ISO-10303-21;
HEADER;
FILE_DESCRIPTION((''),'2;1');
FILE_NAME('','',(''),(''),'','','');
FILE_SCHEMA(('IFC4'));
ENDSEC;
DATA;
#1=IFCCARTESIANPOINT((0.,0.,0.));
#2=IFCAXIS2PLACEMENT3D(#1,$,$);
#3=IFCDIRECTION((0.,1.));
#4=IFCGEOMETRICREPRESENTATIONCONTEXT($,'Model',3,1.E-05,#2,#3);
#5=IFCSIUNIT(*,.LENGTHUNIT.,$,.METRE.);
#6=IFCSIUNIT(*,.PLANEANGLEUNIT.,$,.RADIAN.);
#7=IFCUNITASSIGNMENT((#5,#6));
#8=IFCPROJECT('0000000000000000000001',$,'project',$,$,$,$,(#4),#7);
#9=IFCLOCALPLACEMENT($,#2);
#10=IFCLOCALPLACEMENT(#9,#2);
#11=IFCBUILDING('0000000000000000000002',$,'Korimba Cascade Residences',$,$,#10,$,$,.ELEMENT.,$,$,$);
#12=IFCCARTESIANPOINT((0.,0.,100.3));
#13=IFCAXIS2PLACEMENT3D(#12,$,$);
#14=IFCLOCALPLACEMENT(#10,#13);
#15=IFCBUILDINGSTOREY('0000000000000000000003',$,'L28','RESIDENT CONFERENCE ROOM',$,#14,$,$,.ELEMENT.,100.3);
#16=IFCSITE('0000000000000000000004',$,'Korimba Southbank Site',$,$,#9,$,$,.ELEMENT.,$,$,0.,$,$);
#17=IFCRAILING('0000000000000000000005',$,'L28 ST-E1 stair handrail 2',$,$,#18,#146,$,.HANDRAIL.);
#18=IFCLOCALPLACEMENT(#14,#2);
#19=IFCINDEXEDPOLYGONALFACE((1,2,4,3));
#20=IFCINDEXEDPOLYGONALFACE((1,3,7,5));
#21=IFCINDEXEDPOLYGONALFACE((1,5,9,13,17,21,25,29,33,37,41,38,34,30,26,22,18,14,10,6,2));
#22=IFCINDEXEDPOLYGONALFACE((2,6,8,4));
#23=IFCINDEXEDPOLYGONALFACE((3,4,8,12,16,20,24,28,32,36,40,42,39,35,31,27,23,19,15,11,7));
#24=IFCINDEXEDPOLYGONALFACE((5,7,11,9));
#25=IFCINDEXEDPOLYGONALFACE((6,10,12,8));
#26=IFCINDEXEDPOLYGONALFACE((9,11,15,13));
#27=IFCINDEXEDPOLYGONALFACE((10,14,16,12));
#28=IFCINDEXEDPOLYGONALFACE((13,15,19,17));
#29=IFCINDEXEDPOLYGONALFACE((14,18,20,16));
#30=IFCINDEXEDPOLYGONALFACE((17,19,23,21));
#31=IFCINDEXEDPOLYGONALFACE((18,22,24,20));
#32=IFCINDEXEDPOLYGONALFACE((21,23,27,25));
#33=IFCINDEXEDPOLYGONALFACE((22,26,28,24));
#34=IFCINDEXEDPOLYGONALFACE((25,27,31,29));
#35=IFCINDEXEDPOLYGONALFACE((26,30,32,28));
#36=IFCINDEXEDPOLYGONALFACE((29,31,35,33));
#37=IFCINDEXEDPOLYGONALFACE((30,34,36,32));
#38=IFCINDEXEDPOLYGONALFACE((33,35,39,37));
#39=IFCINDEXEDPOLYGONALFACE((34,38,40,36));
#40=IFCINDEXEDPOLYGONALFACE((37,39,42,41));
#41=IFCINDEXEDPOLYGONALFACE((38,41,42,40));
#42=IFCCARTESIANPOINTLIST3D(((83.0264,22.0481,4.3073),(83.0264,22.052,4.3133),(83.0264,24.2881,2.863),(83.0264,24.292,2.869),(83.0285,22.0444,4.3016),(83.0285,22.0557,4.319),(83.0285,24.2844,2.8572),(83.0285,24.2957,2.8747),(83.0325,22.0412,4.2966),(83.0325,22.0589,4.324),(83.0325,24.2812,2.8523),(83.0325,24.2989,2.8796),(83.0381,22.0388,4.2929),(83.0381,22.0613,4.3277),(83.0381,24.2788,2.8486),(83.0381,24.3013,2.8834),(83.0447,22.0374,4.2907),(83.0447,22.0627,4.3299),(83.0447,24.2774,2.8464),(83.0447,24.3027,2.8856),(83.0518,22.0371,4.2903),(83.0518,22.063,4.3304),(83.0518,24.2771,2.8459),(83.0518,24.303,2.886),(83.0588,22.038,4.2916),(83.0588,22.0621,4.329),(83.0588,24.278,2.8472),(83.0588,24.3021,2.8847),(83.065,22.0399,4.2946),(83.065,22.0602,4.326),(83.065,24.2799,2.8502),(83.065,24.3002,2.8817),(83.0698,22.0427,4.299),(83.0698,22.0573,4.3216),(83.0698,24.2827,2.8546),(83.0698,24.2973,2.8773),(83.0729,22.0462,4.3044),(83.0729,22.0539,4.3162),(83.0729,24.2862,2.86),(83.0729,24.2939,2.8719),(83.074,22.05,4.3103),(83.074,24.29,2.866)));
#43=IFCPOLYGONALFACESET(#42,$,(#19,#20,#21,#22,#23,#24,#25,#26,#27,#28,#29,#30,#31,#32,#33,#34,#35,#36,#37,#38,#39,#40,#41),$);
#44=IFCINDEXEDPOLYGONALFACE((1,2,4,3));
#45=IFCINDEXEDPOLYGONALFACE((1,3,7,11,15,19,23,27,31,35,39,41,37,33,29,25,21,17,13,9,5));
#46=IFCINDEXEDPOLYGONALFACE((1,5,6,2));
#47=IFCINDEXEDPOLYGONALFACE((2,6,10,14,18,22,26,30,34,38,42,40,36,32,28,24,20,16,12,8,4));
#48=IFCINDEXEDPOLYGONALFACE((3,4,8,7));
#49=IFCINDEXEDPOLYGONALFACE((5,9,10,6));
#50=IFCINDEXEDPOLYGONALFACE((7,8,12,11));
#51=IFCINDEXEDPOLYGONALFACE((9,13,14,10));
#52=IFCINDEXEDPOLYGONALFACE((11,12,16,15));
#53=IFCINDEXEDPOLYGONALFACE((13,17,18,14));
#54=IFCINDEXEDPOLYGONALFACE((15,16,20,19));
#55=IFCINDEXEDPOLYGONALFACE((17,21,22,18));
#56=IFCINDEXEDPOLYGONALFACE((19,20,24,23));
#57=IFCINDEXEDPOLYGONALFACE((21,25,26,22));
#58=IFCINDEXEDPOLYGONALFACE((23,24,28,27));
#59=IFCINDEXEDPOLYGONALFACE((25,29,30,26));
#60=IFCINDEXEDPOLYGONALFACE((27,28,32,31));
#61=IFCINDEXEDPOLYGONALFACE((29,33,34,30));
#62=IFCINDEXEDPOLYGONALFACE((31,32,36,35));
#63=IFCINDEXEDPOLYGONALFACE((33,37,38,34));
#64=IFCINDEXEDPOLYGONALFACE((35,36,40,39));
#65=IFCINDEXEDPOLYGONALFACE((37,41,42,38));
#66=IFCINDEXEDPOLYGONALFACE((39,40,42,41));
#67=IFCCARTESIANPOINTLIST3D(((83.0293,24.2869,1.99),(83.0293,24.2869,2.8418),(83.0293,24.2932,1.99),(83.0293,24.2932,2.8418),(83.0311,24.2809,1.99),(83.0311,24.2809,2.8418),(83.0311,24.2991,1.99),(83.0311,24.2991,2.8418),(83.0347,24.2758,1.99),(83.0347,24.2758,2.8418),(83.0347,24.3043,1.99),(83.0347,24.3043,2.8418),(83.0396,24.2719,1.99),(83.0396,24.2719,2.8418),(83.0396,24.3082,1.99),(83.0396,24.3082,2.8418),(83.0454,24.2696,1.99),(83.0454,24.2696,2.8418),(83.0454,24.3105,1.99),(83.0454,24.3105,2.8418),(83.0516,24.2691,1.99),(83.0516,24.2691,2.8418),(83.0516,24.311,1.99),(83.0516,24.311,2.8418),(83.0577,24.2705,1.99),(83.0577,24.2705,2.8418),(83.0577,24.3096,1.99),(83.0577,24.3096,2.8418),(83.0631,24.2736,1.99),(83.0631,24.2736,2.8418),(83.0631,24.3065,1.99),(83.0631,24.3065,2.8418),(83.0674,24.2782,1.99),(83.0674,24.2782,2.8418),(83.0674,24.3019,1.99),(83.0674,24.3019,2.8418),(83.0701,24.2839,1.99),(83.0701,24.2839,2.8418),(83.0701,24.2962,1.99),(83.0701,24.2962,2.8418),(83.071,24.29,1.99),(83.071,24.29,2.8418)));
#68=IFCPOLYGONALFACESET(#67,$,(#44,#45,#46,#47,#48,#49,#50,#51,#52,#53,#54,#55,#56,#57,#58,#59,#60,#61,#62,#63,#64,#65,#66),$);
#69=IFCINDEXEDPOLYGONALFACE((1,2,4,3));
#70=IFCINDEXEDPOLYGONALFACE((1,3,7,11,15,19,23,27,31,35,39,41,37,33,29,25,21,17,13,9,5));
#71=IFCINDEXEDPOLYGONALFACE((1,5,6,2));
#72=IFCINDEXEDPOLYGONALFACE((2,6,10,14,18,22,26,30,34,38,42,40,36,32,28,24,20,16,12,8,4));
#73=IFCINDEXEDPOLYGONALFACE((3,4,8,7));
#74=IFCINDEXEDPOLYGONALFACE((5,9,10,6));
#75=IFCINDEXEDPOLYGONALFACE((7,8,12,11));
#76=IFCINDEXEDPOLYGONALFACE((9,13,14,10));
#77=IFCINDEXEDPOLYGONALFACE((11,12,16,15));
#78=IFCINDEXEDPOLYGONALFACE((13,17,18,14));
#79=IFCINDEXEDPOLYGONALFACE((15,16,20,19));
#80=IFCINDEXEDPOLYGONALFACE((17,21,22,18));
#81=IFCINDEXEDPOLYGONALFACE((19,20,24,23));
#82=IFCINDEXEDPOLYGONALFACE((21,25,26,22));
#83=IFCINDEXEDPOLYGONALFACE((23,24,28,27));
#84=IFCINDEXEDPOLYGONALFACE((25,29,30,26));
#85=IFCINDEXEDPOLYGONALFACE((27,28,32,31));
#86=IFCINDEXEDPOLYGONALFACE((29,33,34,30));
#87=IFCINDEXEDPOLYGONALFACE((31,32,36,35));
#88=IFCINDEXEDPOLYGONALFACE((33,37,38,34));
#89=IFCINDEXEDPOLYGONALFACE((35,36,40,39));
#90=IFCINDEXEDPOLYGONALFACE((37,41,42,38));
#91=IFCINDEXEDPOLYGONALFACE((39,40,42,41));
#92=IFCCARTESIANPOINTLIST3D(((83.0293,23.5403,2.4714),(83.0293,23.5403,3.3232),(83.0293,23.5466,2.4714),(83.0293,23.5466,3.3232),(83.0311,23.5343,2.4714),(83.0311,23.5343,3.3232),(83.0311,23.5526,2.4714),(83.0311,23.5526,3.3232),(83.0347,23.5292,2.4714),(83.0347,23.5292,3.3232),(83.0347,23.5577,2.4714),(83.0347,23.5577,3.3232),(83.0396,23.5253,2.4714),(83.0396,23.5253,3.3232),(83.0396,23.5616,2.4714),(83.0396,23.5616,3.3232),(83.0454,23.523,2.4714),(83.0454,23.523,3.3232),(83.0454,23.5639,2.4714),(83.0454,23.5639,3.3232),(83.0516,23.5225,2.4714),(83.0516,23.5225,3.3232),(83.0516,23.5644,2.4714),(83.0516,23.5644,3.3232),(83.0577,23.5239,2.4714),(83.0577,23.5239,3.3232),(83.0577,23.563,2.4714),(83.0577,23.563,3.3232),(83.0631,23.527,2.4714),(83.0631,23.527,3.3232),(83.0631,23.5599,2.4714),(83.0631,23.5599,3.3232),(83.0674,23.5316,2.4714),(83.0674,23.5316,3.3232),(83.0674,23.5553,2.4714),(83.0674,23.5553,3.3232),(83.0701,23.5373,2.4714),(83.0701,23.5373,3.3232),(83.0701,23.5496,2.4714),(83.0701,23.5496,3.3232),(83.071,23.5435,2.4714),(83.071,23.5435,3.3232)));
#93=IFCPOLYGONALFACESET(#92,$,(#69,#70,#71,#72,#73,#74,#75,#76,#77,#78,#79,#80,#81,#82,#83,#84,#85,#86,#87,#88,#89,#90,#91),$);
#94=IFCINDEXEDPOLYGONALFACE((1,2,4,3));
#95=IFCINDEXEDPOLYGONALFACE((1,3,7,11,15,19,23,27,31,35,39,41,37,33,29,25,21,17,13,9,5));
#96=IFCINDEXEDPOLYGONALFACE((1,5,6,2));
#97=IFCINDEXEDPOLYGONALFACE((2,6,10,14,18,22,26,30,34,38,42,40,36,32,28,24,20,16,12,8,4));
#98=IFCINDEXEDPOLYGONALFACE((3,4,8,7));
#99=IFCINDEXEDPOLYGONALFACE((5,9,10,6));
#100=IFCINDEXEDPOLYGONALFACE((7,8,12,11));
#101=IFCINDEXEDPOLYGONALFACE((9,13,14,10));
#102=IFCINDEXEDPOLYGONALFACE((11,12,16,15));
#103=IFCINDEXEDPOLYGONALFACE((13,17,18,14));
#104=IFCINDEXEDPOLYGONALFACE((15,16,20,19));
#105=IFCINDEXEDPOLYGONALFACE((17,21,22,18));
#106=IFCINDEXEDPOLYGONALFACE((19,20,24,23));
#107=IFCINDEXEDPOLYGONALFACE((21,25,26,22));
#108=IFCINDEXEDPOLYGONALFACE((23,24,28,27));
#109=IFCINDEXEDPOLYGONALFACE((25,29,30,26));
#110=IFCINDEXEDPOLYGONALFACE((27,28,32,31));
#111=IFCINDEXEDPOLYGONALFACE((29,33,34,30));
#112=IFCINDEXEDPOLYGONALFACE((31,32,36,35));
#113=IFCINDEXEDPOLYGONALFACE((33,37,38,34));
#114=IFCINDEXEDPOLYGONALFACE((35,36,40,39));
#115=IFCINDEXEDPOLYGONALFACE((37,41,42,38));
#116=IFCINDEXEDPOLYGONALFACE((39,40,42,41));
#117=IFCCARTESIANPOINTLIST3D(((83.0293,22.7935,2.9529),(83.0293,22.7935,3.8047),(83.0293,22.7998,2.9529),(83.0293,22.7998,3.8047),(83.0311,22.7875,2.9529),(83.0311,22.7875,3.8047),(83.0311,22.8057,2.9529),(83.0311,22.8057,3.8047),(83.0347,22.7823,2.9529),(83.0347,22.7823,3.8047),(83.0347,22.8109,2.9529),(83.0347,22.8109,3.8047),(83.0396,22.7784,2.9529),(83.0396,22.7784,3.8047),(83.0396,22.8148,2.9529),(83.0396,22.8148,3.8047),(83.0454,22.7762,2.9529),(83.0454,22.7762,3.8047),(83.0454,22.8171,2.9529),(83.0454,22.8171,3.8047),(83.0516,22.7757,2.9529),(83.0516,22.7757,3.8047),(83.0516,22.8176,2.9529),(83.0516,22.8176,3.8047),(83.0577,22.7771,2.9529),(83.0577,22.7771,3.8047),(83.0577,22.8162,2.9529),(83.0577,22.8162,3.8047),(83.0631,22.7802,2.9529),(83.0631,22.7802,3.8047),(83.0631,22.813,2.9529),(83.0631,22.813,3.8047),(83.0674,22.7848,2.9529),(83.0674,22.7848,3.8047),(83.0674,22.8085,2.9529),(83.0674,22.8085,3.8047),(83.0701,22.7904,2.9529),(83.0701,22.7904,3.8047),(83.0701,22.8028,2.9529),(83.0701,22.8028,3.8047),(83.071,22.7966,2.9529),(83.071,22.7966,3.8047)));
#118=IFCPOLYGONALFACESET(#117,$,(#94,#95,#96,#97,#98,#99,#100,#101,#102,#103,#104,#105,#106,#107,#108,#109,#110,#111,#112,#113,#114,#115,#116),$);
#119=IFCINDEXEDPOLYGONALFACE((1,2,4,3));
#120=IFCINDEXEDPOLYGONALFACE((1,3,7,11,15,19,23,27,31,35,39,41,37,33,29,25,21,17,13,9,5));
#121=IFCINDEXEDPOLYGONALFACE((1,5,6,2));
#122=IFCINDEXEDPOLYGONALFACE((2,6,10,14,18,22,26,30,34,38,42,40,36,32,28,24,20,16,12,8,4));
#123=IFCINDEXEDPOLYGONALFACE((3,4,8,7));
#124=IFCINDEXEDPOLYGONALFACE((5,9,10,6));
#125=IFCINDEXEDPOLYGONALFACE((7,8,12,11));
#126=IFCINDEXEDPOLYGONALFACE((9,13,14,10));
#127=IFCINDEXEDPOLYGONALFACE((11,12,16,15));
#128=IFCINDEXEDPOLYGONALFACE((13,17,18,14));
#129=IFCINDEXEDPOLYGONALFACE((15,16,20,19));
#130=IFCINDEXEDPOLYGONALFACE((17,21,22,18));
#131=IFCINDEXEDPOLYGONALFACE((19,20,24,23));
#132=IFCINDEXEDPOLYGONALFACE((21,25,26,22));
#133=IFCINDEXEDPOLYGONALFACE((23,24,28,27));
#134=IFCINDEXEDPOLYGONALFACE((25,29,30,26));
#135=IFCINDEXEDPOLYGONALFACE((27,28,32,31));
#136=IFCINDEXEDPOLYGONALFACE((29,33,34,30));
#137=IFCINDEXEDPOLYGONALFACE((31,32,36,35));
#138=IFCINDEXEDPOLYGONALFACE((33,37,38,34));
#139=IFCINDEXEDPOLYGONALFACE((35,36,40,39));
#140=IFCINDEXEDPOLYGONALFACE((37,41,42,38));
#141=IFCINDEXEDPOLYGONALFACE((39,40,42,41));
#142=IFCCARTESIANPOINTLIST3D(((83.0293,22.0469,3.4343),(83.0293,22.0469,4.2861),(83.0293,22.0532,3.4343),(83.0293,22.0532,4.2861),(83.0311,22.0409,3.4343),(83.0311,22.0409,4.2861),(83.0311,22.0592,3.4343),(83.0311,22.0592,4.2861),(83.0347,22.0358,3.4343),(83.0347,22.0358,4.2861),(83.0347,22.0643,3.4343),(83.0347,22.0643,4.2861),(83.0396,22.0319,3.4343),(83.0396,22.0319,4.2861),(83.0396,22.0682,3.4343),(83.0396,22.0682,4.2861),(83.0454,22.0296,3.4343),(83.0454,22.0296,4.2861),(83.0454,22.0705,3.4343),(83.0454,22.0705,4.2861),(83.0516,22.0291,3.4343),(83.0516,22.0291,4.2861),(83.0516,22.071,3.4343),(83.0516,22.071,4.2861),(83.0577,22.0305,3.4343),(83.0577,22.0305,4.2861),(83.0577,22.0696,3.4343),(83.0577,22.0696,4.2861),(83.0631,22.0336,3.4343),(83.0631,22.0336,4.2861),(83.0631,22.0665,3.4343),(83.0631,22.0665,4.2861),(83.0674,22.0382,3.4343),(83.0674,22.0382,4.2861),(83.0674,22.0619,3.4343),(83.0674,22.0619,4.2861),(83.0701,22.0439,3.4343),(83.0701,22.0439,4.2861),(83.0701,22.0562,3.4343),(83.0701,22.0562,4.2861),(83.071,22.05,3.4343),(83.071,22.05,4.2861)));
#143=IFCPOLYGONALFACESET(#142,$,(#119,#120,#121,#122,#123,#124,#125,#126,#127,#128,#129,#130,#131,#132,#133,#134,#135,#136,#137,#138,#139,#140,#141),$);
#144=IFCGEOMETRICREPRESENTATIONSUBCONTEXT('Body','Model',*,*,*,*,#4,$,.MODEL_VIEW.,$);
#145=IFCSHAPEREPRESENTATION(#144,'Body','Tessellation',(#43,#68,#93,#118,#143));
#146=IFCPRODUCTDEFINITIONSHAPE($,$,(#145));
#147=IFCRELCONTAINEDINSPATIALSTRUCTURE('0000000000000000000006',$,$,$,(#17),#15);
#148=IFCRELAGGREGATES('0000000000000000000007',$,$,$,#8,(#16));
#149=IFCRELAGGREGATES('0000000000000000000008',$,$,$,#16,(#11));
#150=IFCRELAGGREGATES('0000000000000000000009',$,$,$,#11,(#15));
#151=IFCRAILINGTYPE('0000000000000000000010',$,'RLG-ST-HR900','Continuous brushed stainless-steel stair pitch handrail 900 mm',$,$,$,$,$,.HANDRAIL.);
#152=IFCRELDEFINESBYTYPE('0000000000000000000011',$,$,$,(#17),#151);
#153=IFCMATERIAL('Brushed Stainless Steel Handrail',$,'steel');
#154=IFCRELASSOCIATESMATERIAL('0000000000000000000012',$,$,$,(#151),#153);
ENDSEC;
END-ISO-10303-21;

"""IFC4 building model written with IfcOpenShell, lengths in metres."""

from ifc_helpers import new_model, si_unit, direction, frame, origin, origin_2d, place, context, subcontext, project, spatial, circle, extrude, material, type_object, element, save


model = new_model("IFC4")

# Units and contexts
model_context = context("Model", 3, precision=1e-05, world=origin(), true_north=direction((0.0, 1.0)))
body_context = subcontext(model_context, "Body", "Model", "MODEL_VIEW")
ifc_project = project(units=[si_unit("LENGTHUNIT", "METRE"), si_unit("PLANEANGLEUNIT", "RADIAN")], contexts=[model_context])

# Site, building, storey
site_placement = place(None, origin())
site = spatial("IfcSite", under=ifc_project, at=site_placement, Name="Korimba Southbank Site", CompositionType="ELEMENT", RefElevation=0.0)
building_placement = place(site_placement, origin())
building = spatial("IfcBuilding", under=site, at=building_placement, Name="Korimba Cascade Residences", CompositionType="ELEMENT")
storey_placement = place(building_placement, frame((0.0, 0.0, 100.3)))
storey = spatial("IfcBuildingStorey", under=building, at=storey_placement, Name="L28", Description="RESIDENT CONFERENCE ROOM", CompositionType="ELEMENT", Elevation=100.3)

# Railing
ifc_material_1 = material(Name="Brushed Stainless Steel Handrail", Category="steel")
railing_type_1 = type_object("IfcRailingType", Name="RLG-ST-HR900", Description="Continuous brushed stainless-steel stair pitch handrail 900 mm", PredefinedType="HANDRAIL", material=ifc_material_1)
railing_1_placement = place(storey_placement, frame((83.05, 24.29, 1.99)))
element("IfcRailing", 1, at=railing_1_placement, inside=storey, type_object=railing_type_1, Name="L28 ST-E1 stair handrail 2", PredefinedType="HANDRAIL", context=body_context, shape_type="SweptSolid", body=[
    extrude(circle(Radius=0.0239, at=origin_2d()), frame((0.0, 0.0, 0.876), z_axis=(0.0, -0.840437, 0.54191), x_axis=(1.0, 0.0, 0.0)), (0.0, 0.0, 1.0), 2.6653),
    extrude(circle(Radius=0.021, at=origin_2d()), origin(), (0.0, 0.0, 1.0), 0.8518),
    extrude(circle(Radius=0.021, at=origin_2d()), frame((0.0, -0.7466, 0.4814)), (0.0, 0.0, 1.0), 0.8518),
    extrude(circle(Radius=0.021, at=origin_2d()), frame((0.0, -1.4934, 0.9629)), (0.0, 0.0, 1.0), 0.8518),
    extrude(circle(Radius=0.021, at=origin_2d()), frame((0.0, -2.24, 1.4443)), (0.0, 0.0, 1.0), 0.8518),
])

save(model, "model.ifc")
